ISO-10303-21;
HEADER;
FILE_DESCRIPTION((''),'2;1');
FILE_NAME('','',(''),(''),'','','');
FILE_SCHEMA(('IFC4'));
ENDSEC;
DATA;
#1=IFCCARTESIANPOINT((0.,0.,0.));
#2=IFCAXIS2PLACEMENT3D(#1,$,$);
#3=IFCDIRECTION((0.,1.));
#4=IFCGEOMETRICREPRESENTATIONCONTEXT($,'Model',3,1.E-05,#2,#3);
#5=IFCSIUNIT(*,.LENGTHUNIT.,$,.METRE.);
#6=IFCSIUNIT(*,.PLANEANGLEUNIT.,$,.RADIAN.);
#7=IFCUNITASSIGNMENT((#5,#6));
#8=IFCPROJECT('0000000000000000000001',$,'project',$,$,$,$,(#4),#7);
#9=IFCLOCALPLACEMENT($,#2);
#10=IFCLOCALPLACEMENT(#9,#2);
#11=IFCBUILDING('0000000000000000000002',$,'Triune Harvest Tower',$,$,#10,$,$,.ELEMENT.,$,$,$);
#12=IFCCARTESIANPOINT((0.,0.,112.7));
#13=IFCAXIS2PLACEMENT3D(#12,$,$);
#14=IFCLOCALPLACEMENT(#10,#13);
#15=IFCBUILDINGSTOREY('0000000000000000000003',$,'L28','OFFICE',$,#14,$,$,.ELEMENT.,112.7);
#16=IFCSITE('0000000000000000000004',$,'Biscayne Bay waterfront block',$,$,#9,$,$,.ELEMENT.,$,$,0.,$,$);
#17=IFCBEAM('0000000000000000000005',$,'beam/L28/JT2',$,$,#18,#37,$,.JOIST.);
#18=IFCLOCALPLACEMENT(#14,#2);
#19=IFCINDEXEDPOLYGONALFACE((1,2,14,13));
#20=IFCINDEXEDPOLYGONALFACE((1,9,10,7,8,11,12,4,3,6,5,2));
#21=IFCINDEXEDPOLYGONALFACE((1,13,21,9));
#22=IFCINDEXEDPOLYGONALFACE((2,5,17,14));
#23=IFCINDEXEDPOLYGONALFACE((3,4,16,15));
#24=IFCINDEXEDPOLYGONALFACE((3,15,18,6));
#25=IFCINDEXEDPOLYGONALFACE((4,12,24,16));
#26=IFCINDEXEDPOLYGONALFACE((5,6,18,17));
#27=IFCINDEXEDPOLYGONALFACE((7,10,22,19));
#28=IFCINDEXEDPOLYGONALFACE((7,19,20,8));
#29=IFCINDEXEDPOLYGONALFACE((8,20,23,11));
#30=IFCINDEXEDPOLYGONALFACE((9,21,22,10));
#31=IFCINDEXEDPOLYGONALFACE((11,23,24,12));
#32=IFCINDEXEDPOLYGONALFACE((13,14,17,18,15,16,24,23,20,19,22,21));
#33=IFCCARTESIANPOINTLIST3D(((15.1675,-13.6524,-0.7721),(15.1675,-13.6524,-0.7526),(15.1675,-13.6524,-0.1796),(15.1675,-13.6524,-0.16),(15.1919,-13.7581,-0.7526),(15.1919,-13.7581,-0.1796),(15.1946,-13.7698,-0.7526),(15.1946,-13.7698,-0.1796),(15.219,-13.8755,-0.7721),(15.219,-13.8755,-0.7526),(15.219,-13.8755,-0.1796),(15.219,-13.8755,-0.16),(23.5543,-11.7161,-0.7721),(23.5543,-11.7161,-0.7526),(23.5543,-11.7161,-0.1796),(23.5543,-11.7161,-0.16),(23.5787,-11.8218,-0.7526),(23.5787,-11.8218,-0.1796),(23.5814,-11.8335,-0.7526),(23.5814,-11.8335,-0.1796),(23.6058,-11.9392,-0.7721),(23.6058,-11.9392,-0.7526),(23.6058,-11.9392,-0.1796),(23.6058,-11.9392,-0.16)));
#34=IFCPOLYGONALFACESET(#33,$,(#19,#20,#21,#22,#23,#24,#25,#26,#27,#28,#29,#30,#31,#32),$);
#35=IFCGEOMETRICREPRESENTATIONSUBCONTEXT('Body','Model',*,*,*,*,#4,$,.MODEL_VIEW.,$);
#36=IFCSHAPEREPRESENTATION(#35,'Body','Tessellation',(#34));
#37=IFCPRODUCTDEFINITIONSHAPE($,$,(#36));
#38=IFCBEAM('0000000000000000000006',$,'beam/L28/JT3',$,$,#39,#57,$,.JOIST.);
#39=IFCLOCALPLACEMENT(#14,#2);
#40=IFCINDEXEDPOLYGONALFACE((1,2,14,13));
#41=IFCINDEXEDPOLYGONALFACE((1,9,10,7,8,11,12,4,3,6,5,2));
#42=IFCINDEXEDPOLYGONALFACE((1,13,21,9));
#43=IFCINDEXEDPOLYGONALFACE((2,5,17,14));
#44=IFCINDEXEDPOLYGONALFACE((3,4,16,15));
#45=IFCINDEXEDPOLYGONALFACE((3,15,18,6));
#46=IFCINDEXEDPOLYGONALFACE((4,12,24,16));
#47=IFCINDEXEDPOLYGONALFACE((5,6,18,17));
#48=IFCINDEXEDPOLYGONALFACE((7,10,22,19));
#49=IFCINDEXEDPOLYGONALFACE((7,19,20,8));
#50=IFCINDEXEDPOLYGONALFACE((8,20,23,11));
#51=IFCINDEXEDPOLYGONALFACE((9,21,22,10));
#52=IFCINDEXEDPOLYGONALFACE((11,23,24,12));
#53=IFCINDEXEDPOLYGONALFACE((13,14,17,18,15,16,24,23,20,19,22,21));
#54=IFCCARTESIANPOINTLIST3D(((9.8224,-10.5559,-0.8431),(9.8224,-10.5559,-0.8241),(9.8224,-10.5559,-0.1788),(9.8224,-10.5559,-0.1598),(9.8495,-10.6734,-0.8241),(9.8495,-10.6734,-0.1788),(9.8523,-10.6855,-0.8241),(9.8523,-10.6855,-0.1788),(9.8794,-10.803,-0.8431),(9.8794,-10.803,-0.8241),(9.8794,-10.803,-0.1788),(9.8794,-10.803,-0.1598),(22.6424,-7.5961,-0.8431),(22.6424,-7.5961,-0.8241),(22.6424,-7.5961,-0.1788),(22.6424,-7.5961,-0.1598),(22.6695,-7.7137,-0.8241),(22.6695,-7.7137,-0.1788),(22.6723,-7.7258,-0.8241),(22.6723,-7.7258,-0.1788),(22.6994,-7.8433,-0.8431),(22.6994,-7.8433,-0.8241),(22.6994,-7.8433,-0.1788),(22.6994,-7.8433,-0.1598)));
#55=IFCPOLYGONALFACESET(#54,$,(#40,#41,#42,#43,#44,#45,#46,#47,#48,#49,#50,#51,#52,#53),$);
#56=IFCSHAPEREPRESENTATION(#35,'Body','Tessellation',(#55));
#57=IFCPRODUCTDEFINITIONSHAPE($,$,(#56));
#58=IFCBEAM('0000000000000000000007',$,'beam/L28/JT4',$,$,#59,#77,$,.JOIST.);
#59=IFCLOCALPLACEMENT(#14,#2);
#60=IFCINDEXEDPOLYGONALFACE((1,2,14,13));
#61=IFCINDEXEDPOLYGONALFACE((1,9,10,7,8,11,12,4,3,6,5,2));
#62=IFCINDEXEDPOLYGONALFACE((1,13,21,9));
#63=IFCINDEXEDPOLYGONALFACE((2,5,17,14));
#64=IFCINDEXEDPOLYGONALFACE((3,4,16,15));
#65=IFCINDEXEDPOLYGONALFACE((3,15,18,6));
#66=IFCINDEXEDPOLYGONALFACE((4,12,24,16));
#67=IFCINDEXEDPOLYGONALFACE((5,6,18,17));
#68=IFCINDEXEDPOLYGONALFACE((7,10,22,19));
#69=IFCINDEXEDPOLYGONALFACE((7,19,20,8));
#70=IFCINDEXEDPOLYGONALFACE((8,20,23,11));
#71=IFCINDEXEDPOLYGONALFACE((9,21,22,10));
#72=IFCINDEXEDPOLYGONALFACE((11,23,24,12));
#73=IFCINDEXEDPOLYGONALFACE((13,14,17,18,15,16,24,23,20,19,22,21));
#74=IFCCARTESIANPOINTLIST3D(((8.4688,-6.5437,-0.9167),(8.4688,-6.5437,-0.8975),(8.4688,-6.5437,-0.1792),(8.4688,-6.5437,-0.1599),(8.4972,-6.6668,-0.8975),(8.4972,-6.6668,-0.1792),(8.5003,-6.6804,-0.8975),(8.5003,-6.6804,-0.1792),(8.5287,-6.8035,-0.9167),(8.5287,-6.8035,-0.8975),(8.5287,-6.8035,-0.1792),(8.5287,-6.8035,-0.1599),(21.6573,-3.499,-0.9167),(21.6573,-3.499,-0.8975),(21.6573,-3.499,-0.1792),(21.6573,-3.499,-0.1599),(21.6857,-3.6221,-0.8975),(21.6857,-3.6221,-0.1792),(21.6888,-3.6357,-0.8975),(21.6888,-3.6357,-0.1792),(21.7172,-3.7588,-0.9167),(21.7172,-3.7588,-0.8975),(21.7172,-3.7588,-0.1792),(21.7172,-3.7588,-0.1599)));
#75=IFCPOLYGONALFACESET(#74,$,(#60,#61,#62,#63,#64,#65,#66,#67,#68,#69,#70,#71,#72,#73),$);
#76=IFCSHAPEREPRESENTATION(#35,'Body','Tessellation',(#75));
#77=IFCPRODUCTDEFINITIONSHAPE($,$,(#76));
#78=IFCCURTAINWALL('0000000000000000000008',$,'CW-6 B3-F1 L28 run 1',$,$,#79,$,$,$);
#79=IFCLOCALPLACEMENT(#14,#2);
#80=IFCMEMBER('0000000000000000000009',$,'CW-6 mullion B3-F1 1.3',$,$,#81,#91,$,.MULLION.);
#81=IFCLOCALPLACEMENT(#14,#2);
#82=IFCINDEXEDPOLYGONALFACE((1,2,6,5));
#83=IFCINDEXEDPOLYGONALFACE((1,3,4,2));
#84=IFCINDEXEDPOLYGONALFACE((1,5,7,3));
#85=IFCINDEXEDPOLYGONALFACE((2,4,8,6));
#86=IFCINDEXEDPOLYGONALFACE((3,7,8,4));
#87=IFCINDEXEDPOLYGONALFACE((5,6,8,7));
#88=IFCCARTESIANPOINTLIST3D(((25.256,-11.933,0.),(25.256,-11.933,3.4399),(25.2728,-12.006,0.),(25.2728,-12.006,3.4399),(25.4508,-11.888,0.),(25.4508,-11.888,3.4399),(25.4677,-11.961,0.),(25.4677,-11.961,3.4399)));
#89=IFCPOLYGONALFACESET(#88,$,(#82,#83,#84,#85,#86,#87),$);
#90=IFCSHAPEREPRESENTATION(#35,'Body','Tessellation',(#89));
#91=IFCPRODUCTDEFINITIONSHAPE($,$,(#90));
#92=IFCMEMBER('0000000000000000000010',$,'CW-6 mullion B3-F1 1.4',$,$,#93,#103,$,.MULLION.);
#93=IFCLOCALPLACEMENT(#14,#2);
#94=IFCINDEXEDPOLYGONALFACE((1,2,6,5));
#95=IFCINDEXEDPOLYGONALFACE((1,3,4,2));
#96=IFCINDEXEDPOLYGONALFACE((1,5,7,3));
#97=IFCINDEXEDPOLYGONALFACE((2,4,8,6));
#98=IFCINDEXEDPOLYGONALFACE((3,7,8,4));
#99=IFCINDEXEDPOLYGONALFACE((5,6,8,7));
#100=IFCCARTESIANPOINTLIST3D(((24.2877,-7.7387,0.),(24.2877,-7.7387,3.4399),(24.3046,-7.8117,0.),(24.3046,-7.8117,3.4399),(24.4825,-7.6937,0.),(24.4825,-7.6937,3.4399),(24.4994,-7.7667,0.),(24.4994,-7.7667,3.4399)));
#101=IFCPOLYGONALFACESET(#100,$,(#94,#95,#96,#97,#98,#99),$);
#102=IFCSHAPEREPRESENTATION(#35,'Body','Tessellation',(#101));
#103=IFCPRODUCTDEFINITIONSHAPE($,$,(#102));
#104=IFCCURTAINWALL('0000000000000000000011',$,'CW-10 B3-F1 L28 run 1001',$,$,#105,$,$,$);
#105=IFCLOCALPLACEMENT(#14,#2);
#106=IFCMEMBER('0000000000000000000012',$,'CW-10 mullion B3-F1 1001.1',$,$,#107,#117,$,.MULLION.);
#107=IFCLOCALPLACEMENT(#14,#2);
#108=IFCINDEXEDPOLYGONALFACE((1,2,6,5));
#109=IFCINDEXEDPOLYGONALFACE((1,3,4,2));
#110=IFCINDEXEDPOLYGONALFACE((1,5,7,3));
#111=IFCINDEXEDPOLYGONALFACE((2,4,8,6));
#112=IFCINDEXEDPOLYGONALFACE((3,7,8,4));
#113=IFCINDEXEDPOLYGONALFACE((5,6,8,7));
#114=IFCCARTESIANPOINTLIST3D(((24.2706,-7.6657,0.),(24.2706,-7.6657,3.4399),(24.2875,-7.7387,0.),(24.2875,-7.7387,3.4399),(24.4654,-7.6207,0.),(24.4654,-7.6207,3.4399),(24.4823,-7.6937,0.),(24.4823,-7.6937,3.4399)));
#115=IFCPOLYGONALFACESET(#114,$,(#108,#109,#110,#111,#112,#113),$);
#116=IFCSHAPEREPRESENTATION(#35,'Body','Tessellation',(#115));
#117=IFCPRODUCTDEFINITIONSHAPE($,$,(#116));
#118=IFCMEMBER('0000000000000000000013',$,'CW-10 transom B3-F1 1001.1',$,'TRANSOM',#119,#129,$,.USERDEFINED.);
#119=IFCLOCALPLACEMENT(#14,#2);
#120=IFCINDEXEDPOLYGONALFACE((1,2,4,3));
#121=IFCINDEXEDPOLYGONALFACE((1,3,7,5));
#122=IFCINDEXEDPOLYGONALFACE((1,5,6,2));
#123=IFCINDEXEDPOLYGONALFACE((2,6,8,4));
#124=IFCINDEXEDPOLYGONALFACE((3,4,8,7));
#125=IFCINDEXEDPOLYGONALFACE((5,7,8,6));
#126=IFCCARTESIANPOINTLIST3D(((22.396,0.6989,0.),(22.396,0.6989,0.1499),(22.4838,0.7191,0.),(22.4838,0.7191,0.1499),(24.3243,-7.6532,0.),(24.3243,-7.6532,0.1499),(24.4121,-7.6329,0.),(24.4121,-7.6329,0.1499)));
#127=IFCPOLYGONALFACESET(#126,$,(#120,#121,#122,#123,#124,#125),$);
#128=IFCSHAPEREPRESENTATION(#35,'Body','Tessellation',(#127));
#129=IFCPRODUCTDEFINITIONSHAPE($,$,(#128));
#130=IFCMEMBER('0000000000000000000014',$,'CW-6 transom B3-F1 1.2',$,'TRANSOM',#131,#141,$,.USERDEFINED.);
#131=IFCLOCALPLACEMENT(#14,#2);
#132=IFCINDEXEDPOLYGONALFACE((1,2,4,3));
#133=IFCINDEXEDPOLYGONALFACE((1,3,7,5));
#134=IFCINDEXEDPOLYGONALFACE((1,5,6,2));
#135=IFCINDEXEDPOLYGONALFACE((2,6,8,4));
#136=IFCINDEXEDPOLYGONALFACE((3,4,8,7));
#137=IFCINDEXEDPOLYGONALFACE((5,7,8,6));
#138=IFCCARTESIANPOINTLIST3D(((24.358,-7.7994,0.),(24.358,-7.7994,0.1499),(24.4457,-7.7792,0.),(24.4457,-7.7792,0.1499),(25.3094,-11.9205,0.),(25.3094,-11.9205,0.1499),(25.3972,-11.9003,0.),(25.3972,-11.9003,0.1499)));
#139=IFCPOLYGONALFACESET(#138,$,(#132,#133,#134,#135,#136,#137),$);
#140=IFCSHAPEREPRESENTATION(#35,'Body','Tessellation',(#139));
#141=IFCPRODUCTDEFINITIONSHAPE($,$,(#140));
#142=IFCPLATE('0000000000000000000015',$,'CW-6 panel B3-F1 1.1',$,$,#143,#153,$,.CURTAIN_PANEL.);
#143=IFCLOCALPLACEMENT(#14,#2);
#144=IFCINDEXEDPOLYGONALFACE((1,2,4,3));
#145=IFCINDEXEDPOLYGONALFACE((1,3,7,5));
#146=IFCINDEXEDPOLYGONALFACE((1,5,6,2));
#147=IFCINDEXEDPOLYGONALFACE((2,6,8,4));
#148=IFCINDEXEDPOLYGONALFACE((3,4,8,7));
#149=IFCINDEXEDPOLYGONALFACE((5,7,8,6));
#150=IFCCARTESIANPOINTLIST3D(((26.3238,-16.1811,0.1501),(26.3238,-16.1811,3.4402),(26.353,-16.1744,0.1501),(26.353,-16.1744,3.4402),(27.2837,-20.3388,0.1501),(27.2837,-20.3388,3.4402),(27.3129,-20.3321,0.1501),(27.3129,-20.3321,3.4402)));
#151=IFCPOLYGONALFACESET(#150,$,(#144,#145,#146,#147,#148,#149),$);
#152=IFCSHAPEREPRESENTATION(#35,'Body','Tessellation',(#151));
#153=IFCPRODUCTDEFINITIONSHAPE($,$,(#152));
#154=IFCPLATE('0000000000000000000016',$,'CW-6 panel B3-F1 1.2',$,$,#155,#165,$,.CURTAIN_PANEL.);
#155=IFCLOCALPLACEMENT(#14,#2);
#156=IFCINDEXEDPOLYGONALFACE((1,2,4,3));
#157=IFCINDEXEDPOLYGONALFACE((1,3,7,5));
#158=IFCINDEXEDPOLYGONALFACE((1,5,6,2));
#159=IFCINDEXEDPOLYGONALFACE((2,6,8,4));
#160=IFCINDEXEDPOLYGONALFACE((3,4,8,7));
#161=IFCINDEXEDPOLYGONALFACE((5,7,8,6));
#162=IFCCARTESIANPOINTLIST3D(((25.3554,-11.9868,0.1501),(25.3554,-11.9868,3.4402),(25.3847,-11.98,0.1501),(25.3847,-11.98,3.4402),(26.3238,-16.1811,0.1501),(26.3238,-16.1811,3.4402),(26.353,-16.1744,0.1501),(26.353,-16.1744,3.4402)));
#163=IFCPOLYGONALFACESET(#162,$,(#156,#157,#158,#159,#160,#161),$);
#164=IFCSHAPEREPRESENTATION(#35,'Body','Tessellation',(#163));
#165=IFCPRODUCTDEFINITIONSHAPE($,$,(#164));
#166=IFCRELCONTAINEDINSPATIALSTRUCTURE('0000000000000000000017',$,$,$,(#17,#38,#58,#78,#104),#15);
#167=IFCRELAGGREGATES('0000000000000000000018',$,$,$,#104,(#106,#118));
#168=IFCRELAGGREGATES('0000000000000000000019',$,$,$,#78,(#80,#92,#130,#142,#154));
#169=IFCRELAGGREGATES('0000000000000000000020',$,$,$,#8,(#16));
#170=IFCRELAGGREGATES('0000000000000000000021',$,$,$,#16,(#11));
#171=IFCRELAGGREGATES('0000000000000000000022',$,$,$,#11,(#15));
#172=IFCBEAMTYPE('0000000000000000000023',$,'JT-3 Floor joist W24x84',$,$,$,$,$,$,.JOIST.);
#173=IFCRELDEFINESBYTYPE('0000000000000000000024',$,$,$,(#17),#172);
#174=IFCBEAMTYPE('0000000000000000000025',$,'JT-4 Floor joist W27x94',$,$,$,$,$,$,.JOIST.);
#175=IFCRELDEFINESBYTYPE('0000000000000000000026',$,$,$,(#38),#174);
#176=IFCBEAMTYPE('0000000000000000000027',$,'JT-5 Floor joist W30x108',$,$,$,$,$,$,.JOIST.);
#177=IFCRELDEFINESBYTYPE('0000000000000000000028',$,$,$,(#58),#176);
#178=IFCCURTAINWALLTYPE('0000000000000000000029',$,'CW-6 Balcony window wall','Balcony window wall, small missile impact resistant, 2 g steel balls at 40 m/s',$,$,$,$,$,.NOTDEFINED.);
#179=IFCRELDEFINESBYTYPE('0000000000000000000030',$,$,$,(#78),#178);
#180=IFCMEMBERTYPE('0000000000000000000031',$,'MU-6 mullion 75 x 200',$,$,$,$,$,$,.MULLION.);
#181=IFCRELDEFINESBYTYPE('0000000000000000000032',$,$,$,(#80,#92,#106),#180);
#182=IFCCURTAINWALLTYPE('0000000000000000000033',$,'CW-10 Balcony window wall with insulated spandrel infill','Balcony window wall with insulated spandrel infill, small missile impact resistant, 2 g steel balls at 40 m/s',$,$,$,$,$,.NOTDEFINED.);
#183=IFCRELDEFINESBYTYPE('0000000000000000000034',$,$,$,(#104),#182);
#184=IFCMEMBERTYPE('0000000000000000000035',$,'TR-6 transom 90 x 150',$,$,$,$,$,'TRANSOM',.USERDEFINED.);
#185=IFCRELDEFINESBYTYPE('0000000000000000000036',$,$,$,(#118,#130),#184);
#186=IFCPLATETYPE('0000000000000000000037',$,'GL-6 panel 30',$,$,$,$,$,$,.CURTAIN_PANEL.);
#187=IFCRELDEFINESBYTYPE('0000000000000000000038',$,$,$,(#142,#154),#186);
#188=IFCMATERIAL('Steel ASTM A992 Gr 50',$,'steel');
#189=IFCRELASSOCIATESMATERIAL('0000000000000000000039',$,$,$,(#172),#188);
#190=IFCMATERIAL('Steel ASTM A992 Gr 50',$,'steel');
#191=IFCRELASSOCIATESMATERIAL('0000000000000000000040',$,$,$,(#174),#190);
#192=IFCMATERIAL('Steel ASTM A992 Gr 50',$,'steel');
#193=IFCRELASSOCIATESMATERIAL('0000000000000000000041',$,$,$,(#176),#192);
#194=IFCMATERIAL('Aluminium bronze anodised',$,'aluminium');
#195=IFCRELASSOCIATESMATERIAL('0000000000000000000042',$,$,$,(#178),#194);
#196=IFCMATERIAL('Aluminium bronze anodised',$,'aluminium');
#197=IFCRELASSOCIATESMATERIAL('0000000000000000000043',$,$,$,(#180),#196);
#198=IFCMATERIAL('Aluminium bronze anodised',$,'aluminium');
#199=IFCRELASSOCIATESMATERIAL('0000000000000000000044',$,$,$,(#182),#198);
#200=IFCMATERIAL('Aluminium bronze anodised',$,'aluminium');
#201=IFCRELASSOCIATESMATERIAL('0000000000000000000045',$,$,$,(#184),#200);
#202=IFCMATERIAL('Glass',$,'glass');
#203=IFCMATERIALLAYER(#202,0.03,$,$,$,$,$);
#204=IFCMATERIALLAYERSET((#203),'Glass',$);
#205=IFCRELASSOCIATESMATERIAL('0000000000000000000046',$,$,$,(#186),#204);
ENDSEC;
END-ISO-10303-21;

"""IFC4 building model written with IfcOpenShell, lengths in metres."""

from ifc_helpers import new_model, si_unit, direction, frame, origin, origin_2d, place, context, subcontext, project, spatial, rectangle, i_section, extrude, source, transform, mapped, material, layer, layer_set, material_profile, profile_set, type_object, element, aggregate, save


model = new_model("IFC4")

# Units and contexts
model_context = context("Model", 3, precision=1e-05, world=origin(), true_north=direction((0.0, 1.0)))
body_context = subcontext(model_context, "Body", "Model", "MODEL_VIEW")
ifc_project = project(units=[si_unit("LENGTHUNIT", "METRE"), si_unit("PLANEANGLEUNIT", "RADIAN")], contexts=[model_context])

# Site, building, storey
site_placement = place(None, origin())
site = spatial("IfcSite", under=ifc_project, at=site_placement, Name="Biscayne Bay waterfront block", CompositionType="ELEMENT", RefElevation=0.0)
building_placement = place(site_placement, origin())
building = spatial("IfcBuilding", under=site, at=building_placement, Name="Triune Harvest Tower", CompositionType="ELEMENT")
storey_placement = place(building_placement, frame((0.0, 0.0, 112.7)))
storey = spatial("IfcBuildingStorey", under=building, at=storey_placement, Name="L28", Description="OFFICE", CompositionType="ELEMENT", Elevation=112.7)

# Beams
ifc_material_1 = material(Name="Steel ASTM A992 Gr 50", Category="steel")
ifc_material_profile_1 = material_profile(ifc_material_1, i_section(OverallWidth=0.229, OverallDepth=0.6121, WebThickness=0.012, FlangeThickness=0.0195, at=origin_2d()), Name="W24x84")
ifc_profile_set_1 = profile_set([ifc_material_profile_1], Name="Steel ASTM A992 Gr 50")
beam_type_1 = type_object("IfcBeamType", Name="JT-3 Floor joist W24x84", PredefinedType="JOIST", material=ifc_profile_set_1)
shared_shape_1 = source(origin(), body_context, "Body", "SweptSolid", [
    extrude(i_section(OverallWidth=0.229, OverallDepth=0.6121, WebThickness=0.012, FlangeThickness=0.0195, at=origin_2d()), origin(), (0.0, 0.0, 1.0), 8.6074),
])
beam_1_placement = place(storey_placement, frame((23.5801, -11.8276, -0.4661), z_axis=(-0.974369, -0.224957, 0.0), x_axis=(0.224957, -0.974369, 0.0)))
element("IfcBeam", 1, at=beam_1_placement, inside=storey, type_object=beam_type_1, Name="beam/L28/JT2", PredefinedType="JOIST", context=body_context, shape_type="MappedRepresentation", body=[
    mapped(shared_shape_1, transform((0.0, 0.0, 0.0), scale=1.0)),
])
ifc_material_2 = material(Name="Steel ASTM A992 Gr 50", Category="steel")
ifc_material_profile_2 = material_profile(ifc_material_2, i_section(OverallWidth=0.2537, OverallDepth=0.6833, WebThickness=0.0125, FlangeThickness=0.019, at=origin_2d()), Name="W27x94")
ifc_profile_set_2 = profile_set([ifc_material_profile_2], Name="Steel ASTM A992 Gr 50")
beam_type_2 = type_object("IfcBeamType", Name="JT-4 Floor joist W27x94", PredefinedType="JOIST", material=ifc_profile_set_2)
shared_shape_2 = source(origin(), body_context, "Body", "SweptSolid", [
    extrude(i_section(OverallWidth=0.2537, OverallDepth=0.6833, WebThickness=0.0125, FlangeThickness=0.019, at=origin_2d()), origin(), (0.0, 0.0, 1.0), 13.1572),
])
beam_2_placement = place(storey_placement, frame((22.6709, -7.7197, -0.5015), z_axis=(-0.974371, -0.224949, 0.0), x_axis=(0.224949, -0.974371, 0.0)))
element("IfcBeam", 2, at=beam_2_placement, inside=storey, type_object=beam_type_2, Name="beam/L28/JT3", PredefinedType="JOIST", context=body_context, shape_type="MappedRepresentation", body=[
    mapped(shared_shape_2, transform((0.0, 0.0, 0.0), scale=1.0)),
])
ifc_material_3 = material(Name="Steel ASTM A992 Gr 50", Category="steel")
ifc_material_profile_3 = material_profile(ifc_material_3, i_section(OverallWidth=0.2666, OverallDepth=0.7568, WebThickness=0.0139, FlangeThickness=0.0193, at=origin_2d()), Name="W30x108")
ifc_profile_set_3 = profile_set([ifc_material_profile_3], Name="Steel ASTM A992 Gr 50")
beam_type_3 = type_object("IfcBeamType", Name="JT-5 Floor joist W30x108", PredefinedType="JOIST", material=ifc_profile_set_3)
shared_shape_3 = source(origin(), body_context, "Body", "SweptSolid", [
    extrude(i_section(OverallWidth=0.2666, OverallDepth=0.7568, WebThickness=0.0139, FlangeThickness=0.0193, at=origin_2d()), origin(), (0.0, 0.0, 1.0), 13.5354),
])
beam_3_placement = place(storey_placement, frame((21.6873, -3.6289, -0.5383), z_axis=(-0.974372, -0.224942, 0.0), x_axis=(0.224942, -0.974372, 0.0)))
element("IfcBeam", 3, at=beam_3_placement, inside=storey, type_object=beam_type_3, Name="beam/L28/JT4", PredefinedType="JOIST", context=body_context, shape_type="MappedRepresentation", body=[
    mapped(shared_shape_3, transform((0.0, 0.0, 0.0), scale=1.0)),
])

# Curtain walls, members
ifc_material_4 = material(Name="Aluminium bronze anodised", Category="aluminium")
curtain_wall_type_1 = type_object("IfcCurtainWallType", Name="CW-6 Balcony window wall", Description="Balcony window wall, small missile impact resistant, 2 g steel balls at 40 m/s", PredefinedType="NOTDEFINED", material=ifc_material_4)
curtain_wall_1_placement = place(storey_placement, origin())
curtain_wall_1 = element("IfcCurtainWall", 4, at=curtain_wall_1_placement, inside=storey, type_object=curtain_wall_type_1, Name="CW-6 B3-F1 L28 run 1")
ifc_material_5 = material(Name="Aluminium bronze anodised", Category="aluminium")
ifc_material_profile_4 = material_profile(ifc_material_5, rectangle(XDim=0.2, YDim=0.075, at=origin_2d()), Name="MU-6 mullion 75 x 200")
ifc_profile_set_4 = profile_set([ifc_material_profile_4], Name="Aluminium bronze anodised")
member_type_1 = type_object("IfcMemberType", Name="MU-6 mullion 75 x 200", PredefinedType="MULLION", material=ifc_profile_set_4)
shared_shape_4 = source(origin(), body_context, "Body", "SweptSolid", [
    extrude(rectangle(XDim=0.2, YDim=0.075, at=origin_2d()), origin(), (0.0, 0.0, 1.0), 3.4399),
])
member_1_placement = place(storey_placement, frame((25.3618, -11.947, 0.0), z_axis=(0.0, 0.0, 1.0), x_axis=(-0.97437, -0.22495, 0.0)))
member_1 = element("IfcMember", 5, at=member_1_placement, type_object=member_type_1, Name="CW-6 mullion B3-F1 1.3", PredefinedType="MULLION", context=body_context, shape_type="MappedRepresentation", body=[
    mapped(shared_shape_4, transform((0.0, 0.0, 0.0), scale=1.0)),
])
member_2_placement = place(storey_placement, frame((24.3936, -7.7527, 0.0), z_axis=(0.0, 0.0, 1.0), x_axis=(-0.97437, -0.22495, 0.0)))
member_2 = element("IfcMember", 6, at=member_2_placement, type_object=member_type_1, Name="CW-6 mullion B3-F1 1.4", PredefinedType="MULLION", context=body_context, shape_type="MappedRepresentation", body=[
    mapped(shared_shape_4, transform((0.0, 0.0, 0.0), scale=1.0)),
])
ifc_material_6 = material(Name="Aluminium bronze anodised", Category="aluminium")
curtain_wall_type_2 = type_object("IfcCurtainWallType", Name="CW-10 Balcony window wall with insulated spandrel infill", Description="Balcony window wall with insulated spandrel infill, small missile impact resistant, 2 g steel balls at 40 m/s", PredefinedType="NOTDEFINED", material=ifc_material_6)
curtain_wall_2_placement = place(storey_placement, origin())
curtain_wall_2 = element("IfcCurtainWall", 7, at=curtain_wall_2_placement, inside=storey, type_object=curtain_wall_type_2, Name="CW-10 B3-F1 L28 run 1001")
member_3_placement = place(storey_placement, frame((24.3765, -7.6797, 0.0), z_axis=(0.0, 0.0, 1.0), x_axis=(-0.97437, -0.224952, 0.0)))
member_3 = element("IfcMember", 8, at=member_3_placement, type_object=member_type_1, Name="CW-10 mullion B3-F1 1001.1", PredefinedType="MULLION", context=body_context, shape_type="MappedRepresentation", body=[
    mapped(shared_shape_4, transform((0.0, 0.0, 0.0), scale=1.0)),
])
ifc_material_7 = material(Name="Aluminium bronze anodised", Category="aluminium")
ifc_material_profile_5 = material_profile(ifc_material_7, rectangle(XDim=0.0901, YDim=0.1499, at=origin_2d()), Name="TR-6 transom 90 x 150")
ifc_profile_set_5 = profile_set([ifc_material_profile_5], Name="Aluminium bronze anodised")
member_type_2 = type_object("IfcMemberType", Name="TR-6 transom 90 x 150", ElementType="TRANSOM", PredefinedType="USERDEFINED", material=ifc_profile_set_5)
shared_shape_5 = source(origin(), body_context, "Body", "SweptSolid", [
    extrude(rectangle(XDim=0.0901, YDim=0.1499, at=origin_2d()), origin(), (0.0, 0.0, 1.0), 8.5718),
])
member_4_placement = place(storey_placement, frame((24.3682, -7.6431, 0.075), z_axis=(-0.224951, 0.97437, 0.0), x_axis=(-0.97437, -0.224951, 0.0)))
member_4 = element("IfcMember", 9, at=member_4_placement, type_object=member_type_2, Name="CW-10 transom B3-F1 1001.1", ObjectType="TRANSOM", PredefinedType="USERDEFINED", context=body_context, shape_type="MappedRepresentation", body=[
    mapped(shared_shape_5, transform((0.0, 0.0, 0.0), scale=1.0)),
])

# Member
shared_shape_6 = source(origin(), body_context, "Body", "SweptSolid", [
    extrude(rectangle(XDim=0.0901, YDim=0.1499, at=origin_2d()), origin(), (0.0, 0.0, 1.0), 4.2295),
])
member_5_placement = place(storey_placement, frame((25.3533, -11.9104, 0.075), z_axis=(-0.224948, 0.974371, 0.0), x_axis=(-0.974371, -0.224948, 0.0)))
member_5 = element("IfcMember", 10, at=member_5_placement, type_object=member_type_2, Name="CW-6 transom B3-F1 1.2", ObjectType="TRANSOM", PredefinedType="USERDEFINED", context=body_context, shape_type="MappedRepresentation", body=[
    mapped(shared_shape_6, transform((0.0, 0.0, 0.0), scale=1.0)),
])

# Plates
ifc_material_8 = material(Name="Glass", Category="glass")
ifc_layer_1 = layer(ifc_material_8, 0.03)
ifc_layer_set_1 = layer_set([ifc_layer_1], Name="Glass")
plate_type_1 = type_object("IfcPlateType", Name="GL-6 panel 30", PredefinedType="CURTAIN_PANEL", material=ifc_layer_set_1)
shared_shape_7 = source(origin(), body_context, "Body", "SweptSolid", [
    extrude(rectangle(XDim=4.2671, YDim=0.03, at=origin_2d()), origin(), (0.0, 0.0, 1.0), 3.29),
])
plate_1_placement = place(storey_placement, frame((26.8184, -18.2566, 0.1501), z_axis=(0.0, 0.0, 1.0), x_axis=(-0.22495, 0.97437, 0.0)))
plate_1 = element("IfcPlate", 11, at=plate_1_placement, type_object=plate_type_1, Name="CW-6 panel B3-F1 1.1", PredefinedType="CURTAIN_PANEL", context=body_context, shape_type="MappedRepresentation", body=[
    mapped(shared_shape_7, transform((0.0, 0.0, 0.0), scale=1.0)),
])
shared_shape_8 = source(origin(), body_context, "Body", "SweptSolid", [
    extrude(rectangle(XDim=4.3047, YDim=0.03, at=origin_2d()), origin(), (0.0, 0.0, 1.0), 3.29),
])
plate_2_placement = place(storey_placement, frame((25.8542, -14.0806, 0.1501), z_axis=(0.0, 0.0, 1.0), x_axis=(-0.22495, 0.97437, 0.0)))
plate_2 = element("IfcPlate", 12, at=plate_2_placement, type_object=plate_type_1, Name="CW-6 panel B3-F1 1.2", PredefinedType="CURTAIN_PANEL", context=body_context, shape_type="MappedRepresentation", body=[
    mapped(shared_shape_8, transform((0.0, 0.0, 0.0), scale=1.0)),
])
aggregate(curtain_wall_2, [member_3, member_4])
aggregate(curtain_wall_1, [member_1, member_2, member_5, plate_1, plate_2])

save(model, "model.ifc")
